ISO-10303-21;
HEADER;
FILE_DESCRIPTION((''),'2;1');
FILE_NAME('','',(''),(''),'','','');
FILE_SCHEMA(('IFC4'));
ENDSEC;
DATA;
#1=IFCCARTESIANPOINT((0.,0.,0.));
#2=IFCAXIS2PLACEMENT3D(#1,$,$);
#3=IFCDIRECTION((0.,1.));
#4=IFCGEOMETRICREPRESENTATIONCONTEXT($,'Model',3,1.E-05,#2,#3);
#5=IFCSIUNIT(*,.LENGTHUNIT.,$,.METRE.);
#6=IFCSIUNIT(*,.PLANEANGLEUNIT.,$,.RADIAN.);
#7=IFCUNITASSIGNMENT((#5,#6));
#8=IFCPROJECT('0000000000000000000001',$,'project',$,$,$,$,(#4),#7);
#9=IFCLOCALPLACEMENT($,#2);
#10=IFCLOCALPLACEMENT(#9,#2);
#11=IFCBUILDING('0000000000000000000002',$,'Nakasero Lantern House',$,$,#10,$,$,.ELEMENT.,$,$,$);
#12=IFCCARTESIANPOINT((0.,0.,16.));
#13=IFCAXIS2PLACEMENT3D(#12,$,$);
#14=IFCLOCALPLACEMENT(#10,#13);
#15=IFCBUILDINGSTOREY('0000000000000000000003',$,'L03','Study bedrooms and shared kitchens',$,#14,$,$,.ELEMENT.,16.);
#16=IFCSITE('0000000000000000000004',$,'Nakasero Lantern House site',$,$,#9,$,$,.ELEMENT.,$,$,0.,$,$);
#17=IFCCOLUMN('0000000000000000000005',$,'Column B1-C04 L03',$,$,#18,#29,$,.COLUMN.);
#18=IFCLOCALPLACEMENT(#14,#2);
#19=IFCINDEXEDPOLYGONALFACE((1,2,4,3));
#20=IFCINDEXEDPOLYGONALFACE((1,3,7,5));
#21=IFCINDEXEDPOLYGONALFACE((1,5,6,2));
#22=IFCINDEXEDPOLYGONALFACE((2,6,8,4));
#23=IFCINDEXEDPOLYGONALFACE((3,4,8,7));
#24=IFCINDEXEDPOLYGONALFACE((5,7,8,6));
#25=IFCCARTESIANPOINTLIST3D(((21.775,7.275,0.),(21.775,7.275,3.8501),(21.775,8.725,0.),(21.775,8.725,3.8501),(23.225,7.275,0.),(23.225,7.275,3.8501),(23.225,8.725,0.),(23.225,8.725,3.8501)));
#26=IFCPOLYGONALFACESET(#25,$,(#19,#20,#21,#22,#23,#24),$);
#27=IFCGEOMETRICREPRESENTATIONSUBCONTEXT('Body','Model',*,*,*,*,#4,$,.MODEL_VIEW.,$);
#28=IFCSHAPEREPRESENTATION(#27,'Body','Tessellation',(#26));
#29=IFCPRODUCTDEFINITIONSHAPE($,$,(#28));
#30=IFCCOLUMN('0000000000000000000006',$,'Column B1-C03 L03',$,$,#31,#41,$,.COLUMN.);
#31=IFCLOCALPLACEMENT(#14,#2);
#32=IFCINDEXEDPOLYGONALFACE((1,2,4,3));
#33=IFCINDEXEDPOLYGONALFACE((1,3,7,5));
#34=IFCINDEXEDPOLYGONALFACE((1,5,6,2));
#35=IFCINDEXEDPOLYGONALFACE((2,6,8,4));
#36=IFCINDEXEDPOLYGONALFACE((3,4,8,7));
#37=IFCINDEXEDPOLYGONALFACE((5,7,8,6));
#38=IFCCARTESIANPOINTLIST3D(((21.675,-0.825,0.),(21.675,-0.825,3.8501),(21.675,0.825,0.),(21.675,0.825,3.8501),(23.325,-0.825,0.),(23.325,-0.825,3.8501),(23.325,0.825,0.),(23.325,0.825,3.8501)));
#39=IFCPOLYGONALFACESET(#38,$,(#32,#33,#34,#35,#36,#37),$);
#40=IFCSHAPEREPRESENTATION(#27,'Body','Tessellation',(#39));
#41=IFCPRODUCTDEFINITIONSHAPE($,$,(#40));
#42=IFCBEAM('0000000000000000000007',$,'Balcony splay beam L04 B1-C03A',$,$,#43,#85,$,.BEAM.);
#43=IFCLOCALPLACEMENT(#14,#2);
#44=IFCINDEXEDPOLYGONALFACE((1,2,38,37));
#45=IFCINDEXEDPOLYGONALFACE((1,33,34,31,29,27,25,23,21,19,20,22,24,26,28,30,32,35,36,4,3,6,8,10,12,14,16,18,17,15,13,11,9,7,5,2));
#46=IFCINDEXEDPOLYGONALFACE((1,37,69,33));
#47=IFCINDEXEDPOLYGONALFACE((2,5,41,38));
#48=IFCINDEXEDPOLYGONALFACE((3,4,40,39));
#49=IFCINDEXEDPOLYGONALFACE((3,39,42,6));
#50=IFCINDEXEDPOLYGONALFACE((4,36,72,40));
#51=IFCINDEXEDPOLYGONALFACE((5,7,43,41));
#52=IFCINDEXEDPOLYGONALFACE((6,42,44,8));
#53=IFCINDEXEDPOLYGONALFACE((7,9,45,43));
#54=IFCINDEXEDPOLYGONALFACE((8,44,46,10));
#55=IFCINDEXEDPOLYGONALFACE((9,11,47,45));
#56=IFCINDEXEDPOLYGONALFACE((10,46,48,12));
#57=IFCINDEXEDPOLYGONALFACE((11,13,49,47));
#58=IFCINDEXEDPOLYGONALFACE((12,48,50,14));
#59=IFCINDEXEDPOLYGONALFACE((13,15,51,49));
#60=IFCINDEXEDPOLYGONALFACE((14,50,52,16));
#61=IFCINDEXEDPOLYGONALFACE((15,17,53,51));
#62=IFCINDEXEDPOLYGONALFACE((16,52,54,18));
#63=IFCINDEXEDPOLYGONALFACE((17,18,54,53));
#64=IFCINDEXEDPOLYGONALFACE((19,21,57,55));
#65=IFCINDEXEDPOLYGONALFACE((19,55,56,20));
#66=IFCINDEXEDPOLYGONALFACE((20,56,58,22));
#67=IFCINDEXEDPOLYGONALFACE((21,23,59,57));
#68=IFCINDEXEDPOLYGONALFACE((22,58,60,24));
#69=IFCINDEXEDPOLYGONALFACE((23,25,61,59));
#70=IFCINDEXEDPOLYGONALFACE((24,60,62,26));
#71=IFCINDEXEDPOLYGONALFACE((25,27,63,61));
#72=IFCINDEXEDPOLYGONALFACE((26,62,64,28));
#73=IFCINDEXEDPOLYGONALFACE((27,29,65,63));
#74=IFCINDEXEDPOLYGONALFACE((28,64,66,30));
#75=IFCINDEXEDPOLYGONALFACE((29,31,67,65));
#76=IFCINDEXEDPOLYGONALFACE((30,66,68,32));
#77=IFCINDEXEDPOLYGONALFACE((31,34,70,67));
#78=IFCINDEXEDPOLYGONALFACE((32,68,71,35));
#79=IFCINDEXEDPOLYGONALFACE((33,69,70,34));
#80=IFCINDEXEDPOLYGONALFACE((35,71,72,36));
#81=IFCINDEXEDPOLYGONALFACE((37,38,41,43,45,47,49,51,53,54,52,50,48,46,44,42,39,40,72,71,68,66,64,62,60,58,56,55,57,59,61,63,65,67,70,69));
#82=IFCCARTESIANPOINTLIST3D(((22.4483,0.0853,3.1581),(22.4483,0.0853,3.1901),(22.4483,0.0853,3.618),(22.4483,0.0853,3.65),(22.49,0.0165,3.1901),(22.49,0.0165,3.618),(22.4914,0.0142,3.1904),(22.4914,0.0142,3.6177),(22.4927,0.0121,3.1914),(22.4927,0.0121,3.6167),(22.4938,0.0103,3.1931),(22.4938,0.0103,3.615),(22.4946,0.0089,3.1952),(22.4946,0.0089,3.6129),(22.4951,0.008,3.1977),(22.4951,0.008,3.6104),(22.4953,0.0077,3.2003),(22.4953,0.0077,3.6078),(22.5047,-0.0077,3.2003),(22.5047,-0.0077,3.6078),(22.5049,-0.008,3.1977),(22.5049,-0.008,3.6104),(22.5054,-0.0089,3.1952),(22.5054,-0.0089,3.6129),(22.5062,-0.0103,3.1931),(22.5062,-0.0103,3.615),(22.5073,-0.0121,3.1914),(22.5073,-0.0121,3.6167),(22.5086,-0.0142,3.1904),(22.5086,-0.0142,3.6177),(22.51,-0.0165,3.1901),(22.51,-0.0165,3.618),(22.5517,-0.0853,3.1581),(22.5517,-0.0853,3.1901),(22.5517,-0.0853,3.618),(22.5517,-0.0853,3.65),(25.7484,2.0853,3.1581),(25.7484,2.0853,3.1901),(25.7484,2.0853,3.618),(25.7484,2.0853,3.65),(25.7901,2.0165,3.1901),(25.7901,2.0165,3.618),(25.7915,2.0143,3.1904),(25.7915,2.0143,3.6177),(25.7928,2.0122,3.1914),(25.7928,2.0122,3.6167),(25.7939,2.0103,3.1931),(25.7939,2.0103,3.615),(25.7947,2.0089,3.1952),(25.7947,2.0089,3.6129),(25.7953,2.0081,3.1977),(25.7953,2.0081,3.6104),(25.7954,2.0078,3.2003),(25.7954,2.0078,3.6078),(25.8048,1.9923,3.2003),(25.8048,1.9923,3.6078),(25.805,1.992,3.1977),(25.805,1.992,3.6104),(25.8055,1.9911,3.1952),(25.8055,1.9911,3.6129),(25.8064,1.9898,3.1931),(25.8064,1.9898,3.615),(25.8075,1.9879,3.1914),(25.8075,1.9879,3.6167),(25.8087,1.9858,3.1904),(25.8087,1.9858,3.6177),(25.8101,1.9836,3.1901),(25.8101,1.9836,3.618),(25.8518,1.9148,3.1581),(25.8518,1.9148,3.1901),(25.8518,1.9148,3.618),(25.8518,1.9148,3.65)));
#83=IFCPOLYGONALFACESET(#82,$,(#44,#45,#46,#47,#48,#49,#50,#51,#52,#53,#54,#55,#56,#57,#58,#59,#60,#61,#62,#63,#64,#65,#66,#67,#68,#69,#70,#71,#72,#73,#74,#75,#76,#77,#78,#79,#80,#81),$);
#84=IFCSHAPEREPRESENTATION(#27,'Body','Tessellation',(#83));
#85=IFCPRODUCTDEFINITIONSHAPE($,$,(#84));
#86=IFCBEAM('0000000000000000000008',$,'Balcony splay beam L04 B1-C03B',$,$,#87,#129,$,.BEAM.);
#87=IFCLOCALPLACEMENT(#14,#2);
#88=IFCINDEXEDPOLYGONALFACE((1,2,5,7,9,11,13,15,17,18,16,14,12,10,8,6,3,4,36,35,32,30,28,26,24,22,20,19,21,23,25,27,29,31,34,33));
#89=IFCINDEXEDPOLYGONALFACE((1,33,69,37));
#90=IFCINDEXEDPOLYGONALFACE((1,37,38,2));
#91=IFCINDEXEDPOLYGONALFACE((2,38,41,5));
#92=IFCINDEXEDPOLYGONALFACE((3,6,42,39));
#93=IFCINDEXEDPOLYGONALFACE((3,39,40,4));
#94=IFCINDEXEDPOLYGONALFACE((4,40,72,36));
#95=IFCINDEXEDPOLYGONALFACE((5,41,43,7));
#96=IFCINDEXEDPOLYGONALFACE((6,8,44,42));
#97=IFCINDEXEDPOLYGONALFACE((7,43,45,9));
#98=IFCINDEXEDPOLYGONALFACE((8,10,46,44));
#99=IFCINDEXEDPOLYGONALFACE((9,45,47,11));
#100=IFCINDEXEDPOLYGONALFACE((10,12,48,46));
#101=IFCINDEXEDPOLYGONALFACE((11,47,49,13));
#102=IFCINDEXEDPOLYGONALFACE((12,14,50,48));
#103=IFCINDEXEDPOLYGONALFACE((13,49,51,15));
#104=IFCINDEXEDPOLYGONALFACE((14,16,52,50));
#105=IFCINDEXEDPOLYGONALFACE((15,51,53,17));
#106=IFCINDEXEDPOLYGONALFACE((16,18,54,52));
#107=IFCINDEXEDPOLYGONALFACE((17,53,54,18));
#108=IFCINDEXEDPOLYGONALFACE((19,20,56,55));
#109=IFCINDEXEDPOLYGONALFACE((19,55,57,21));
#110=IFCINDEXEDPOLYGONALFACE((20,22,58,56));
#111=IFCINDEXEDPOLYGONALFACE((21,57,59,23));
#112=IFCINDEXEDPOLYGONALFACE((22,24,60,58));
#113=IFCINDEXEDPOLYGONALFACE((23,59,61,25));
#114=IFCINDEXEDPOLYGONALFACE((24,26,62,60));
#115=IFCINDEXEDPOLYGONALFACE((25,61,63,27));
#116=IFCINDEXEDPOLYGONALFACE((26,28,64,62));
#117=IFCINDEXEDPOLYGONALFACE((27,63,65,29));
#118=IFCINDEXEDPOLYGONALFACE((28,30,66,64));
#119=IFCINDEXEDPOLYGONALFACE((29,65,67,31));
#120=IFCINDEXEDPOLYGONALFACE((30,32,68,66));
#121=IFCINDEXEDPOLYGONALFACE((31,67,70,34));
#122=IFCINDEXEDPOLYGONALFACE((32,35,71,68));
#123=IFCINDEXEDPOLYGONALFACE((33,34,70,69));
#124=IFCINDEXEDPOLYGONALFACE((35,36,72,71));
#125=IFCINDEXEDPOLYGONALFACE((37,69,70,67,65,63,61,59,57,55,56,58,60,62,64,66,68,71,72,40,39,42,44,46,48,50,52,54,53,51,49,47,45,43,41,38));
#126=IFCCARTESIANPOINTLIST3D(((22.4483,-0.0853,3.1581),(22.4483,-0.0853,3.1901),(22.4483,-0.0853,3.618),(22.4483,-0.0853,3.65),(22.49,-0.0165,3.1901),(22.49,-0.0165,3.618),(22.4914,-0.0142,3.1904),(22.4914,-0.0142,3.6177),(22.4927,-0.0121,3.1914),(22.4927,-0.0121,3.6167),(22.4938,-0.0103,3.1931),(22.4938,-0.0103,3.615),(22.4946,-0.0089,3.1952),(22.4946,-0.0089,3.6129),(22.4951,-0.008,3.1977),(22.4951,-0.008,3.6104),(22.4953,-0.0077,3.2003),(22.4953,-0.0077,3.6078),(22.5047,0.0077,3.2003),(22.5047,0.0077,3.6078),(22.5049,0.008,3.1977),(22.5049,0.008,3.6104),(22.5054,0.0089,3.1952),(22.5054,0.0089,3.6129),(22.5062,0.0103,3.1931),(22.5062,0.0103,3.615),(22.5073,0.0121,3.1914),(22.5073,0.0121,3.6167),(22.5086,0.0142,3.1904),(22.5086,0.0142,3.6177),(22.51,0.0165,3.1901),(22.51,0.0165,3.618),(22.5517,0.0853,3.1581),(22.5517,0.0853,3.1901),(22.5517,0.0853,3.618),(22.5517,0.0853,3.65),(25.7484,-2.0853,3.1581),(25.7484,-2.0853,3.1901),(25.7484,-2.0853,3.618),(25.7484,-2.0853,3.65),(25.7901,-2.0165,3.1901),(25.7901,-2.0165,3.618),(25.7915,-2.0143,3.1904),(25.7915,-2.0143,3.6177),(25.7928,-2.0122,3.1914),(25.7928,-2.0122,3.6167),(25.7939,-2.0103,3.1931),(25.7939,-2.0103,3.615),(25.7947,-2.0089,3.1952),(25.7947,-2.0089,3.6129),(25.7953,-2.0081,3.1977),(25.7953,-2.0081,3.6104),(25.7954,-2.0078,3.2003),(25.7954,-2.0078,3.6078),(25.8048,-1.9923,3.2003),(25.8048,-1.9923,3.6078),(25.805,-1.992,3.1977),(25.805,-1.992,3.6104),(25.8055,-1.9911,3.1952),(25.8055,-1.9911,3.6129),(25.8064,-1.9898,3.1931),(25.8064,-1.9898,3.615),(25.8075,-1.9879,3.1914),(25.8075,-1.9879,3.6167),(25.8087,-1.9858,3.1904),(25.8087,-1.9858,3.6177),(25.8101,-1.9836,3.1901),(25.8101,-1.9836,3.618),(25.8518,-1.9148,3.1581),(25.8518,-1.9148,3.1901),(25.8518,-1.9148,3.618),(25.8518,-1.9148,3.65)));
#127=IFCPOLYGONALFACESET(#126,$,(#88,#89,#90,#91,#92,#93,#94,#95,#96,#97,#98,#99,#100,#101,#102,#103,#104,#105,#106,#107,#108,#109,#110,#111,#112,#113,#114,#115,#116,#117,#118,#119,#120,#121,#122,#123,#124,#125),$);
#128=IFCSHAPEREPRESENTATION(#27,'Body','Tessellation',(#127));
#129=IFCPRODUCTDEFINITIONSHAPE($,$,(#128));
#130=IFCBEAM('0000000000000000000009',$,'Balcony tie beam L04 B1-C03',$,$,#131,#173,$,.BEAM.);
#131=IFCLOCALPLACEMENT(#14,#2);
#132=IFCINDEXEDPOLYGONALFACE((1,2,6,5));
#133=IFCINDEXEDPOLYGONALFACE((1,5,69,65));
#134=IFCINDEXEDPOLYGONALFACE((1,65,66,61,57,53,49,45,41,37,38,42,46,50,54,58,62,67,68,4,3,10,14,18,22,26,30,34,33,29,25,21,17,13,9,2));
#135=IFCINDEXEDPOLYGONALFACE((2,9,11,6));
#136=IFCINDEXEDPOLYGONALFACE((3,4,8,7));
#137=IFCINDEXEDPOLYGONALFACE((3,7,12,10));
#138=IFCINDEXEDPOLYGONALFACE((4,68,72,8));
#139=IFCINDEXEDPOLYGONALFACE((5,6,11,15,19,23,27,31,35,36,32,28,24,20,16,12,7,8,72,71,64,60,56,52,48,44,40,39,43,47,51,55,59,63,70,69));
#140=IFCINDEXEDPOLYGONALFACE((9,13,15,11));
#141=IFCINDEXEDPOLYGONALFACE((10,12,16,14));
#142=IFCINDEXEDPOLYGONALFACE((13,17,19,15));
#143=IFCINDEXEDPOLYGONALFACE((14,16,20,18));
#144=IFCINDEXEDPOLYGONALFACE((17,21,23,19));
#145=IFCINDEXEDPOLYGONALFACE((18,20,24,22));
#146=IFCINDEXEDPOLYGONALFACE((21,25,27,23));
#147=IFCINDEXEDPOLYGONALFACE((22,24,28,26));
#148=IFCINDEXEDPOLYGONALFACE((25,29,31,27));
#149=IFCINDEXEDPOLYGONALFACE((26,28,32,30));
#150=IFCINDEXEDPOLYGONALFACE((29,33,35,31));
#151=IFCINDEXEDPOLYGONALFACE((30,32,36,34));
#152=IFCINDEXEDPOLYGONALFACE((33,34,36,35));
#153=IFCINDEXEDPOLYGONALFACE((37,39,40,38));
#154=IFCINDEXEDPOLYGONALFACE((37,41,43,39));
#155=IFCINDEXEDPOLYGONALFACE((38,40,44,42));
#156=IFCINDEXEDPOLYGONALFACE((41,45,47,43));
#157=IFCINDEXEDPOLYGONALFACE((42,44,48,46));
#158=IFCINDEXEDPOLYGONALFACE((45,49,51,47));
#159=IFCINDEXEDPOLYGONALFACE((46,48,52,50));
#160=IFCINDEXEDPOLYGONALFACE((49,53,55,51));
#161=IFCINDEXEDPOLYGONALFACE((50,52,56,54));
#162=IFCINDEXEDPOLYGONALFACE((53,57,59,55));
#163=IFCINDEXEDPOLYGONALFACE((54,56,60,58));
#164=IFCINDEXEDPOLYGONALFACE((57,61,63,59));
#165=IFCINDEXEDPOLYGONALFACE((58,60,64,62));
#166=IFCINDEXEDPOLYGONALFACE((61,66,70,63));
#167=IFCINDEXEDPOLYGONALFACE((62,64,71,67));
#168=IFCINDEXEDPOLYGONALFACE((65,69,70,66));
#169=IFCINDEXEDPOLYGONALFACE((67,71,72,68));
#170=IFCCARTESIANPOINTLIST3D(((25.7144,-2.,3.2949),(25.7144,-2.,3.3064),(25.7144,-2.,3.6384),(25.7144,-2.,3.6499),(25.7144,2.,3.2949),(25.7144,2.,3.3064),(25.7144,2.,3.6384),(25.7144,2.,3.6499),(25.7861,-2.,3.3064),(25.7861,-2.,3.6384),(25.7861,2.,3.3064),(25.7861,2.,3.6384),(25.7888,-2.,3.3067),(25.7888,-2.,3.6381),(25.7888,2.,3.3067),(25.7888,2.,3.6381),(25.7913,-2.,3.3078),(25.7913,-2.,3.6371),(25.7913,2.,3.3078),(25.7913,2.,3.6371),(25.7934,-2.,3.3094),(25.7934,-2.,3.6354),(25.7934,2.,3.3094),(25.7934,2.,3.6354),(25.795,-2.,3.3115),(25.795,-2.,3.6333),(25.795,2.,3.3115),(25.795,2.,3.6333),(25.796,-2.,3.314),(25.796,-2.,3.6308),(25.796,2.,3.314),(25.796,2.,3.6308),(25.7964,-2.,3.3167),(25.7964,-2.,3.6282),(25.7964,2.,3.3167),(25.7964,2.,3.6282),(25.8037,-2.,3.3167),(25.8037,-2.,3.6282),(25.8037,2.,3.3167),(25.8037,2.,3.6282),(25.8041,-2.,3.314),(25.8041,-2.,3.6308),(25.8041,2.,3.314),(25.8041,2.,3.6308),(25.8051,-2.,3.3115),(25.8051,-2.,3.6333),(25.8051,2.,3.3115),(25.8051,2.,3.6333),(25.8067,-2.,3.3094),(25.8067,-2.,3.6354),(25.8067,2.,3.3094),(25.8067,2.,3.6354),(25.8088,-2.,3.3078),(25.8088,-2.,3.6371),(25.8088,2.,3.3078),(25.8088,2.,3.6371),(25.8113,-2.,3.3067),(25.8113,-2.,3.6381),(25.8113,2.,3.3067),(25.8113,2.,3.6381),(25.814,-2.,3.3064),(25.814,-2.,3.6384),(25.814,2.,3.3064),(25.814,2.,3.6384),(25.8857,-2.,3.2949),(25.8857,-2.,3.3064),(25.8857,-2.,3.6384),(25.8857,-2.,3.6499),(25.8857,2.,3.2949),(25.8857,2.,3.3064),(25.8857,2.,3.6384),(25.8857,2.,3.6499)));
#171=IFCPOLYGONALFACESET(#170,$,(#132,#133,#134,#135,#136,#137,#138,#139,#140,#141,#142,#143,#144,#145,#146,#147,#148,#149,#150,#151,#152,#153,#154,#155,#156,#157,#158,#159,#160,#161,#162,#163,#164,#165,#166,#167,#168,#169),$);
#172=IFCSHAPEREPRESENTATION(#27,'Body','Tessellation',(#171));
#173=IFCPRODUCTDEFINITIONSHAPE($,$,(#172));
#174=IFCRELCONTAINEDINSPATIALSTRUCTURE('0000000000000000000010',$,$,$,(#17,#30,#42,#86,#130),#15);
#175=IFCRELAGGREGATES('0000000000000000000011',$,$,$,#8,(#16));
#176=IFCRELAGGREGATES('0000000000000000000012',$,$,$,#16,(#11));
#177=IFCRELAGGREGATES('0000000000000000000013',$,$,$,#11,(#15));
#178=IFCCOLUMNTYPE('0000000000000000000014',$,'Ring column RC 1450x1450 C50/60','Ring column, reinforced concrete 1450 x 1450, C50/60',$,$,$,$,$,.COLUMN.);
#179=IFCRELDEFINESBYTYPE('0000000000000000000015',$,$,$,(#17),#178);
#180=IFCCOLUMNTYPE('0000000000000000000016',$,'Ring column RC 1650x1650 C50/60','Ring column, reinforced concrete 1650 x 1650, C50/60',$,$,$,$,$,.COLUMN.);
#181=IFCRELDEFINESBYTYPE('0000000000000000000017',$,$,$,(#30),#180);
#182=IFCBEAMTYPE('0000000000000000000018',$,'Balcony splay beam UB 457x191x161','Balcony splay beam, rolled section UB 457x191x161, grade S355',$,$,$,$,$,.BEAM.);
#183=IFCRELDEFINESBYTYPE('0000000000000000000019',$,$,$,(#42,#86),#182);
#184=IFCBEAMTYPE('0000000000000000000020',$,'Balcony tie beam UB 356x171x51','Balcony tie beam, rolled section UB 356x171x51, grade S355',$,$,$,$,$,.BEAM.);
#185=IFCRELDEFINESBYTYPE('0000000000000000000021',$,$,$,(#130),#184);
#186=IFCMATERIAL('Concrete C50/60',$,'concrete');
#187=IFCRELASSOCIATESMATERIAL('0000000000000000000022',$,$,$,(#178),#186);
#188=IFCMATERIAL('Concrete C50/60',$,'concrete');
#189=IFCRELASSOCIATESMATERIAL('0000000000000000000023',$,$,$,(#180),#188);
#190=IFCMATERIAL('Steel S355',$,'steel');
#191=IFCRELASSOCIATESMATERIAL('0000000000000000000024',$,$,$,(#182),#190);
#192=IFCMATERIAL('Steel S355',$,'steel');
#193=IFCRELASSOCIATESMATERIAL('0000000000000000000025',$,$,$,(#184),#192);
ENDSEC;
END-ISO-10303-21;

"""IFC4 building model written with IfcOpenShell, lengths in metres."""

from ifc_helpers import new_model, si_unit, direction, frame, origin, origin_2d, place, context, subcontext, project, spatial, rectangle, i_section, extrude, material, material_profile, profile_set, type_object, element, save


model = new_model("IFC4")

# Units and contexts
model_context = context("Model", 3, precision=1e-05, world=origin(), true_north=direction((0.0, 1.0)))
body_context = subcontext(model_context, "Body", "Model", "MODEL_VIEW")
ifc_project = project(units=[si_unit("LENGTHUNIT", "METRE"), si_unit("PLANEANGLEUNIT", "RADIAN")], contexts=[model_context])

# Site, building, storey
site_placement = place(None, origin())
site = spatial("IfcSite", under=ifc_project, at=site_placement, Name="Nakasero Lantern House site", CompositionType="ELEMENT", RefElevation=0.0)
building_placement = place(site_placement, origin())
building = spatial("IfcBuilding", under=site, at=building_placement, Name="Nakasero Lantern House", CompositionType="ELEMENT")
storey_placement = place(building_placement, frame((0.0, 0.0, 16.0)))
storey = spatial("IfcBuildingStorey", under=building, at=storey_placement, Name="L03", Description="Study bedrooms and shared kitchens", CompositionType="ELEMENT", Elevation=16.0)

# Columns
ifc_material_1 = material(Name="Concrete C50/60", Category="concrete")
ifc_material_profile_1 = material_profile(ifc_material_1, rectangle(XDim=1.45, YDim=1.45, at=origin_2d()), Name="RC 1450x1450")
ifc_profile_set_1 = profile_set([ifc_material_profile_1], Name="Concrete C50/60")
column_type_1 = type_object("IfcColumnType", Name="Ring column RC 1450x1450 C50/60", Description="Ring column, reinforced concrete 1450 x 1450, C50/60", PredefinedType="COLUMN", material=ifc_profile_set_1)
column_1_placement = place(storey_placement, frame((22.5, 8.0, 0.0), z_axis=(0.0, 0.0, 1.0), x_axis=(1.0, 0.0, 0.0)))
element("IfcColumn", 1, at=column_1_placement, inside=storey, type_object=column_type_1, Name="Column B1-C04 L03", PredefinedType="COLUMN", context=body_context, shape_type="SweptSolid", body=[
    extrude(rectangle(XDim=1.45, YDim=1.45, at=origin_2d()), origin(), (0.0, 0.0, 1.0), 3.8501),
])
ifc_material_2 = material(Name="Concrete C50/60", Category="concrete")
ifc_material_profile_2 = material_profile(ifc_material_2, rectangle(XDim=1.6499, YDim=1.6499, at=origin_2d()), Name="RC 1650x1650")
ifc_profile_set_2 = profile_set([ifc_material_profile_2], Name="Concrete C50/60")
column_type_2 = type_object("IfcColumnType", Name="Ring column RC 1650x1650 C50/60", Description="Ring column, reinforced concrete 1650 x 1650, C50/60", PredefinedType="COLUMN", material=ifc_profile_set_2)
column_2_placement = place(storey_placement, frame((22.5, 0.0, 0.0), z_axis=(0.0, 0.0, 1.0), x_axis=(1.0, 0.0, 0.0)))
element("IfcColumn", 2, at=column_2_placement, inside=storey, type_object=column_type_2, Name="Column B1-C03 L03", PredefinedType="COLUMN", context=body_context, shape_type="SweptSolid", body=[
    extrude(rectangle(XDim=1.6499, YDim=1.6499, at=origin_2d()), origin(), (0.0, 0.0, 1.0), 3.8501),
])

# Beams
ifc_material_3 = material(Name="Steel S355", Category="steel")
ifc_material_profile_3 = material_profile(ifc_material_3, i_section(OverallWidth=0.1995, OverallDepth=0.4919, WebThickness=0.0181, FlangeThickness=0.032, FilletRadius=0.0103, at=origin_2d()), Name="UB 457x191x161")
ifc_profile_set_3 = profile_set([ifc_material_profile_3], Name="Steel S355")
beam_type_1 = type_object("IfcBeamType", Name="Balcony splay beam UB 457x191x161", Description="Balcony splay beam, rolled section UB 457x191x161, grade S355", PredefinedType="BEAM", material=ifc_profile_set_3)
for number, where, z_axis, x_axis, name in (
    (3, (22.5, 0.0, 3.4041), (0.855201, 0.518296, 0.0), (-0.518296, 0.855201, 0.0), "Balcony splay beam L04 B1-C03A"),
    (4, (22.5, 0.0, 3.4041), (0.855201, -0.518296, 0.0), (0.518296, 0.855201, 0.0), "Balcony splay beam L04 B1-C03B"),
):
    element("IfcBeam", number, at=place(storey_placement, frame(where, z_axis=z_axis, x_axis=x_axis)), inside=storey, type_object=beam_type_1, Name=name, PredefinedType="BEAM", context=body_context, shape_type="SweptSolid", body=[
        extrude(i_section(OverallWidth=0.1995, OverallDepth=0.4919, WebThickness=0.0181, FlangeThickness=0.032, FilletRadius=0.0103, at=origin_2d()), origin(), (0.0, 0.0, 1.0), 3.8589),
    ])
ifc_material_4 = material(Name="Steel S355", Category="steel")
ifc_material_profile_4 = material_profile(ifc_material_4, i_section(OverallWidth=0.1714, OverallDepth=0.355, WebThickness=0.0073, FlangeThickness=0.0115, FilletRadius=0.0103, at=origin_2d()), Name="UB 356x171x51")
ifc_profile_set_4 = profile_set([ifc_material_profile_4], Name="Steel S355")
beam_type_2 = type_object("IfcBeamType", Name="Balcony tie beam UB 356x171x51", Description="Balcony tie beam, rolled section UB 356x171x51, grade S355", PredefinedType="BEAM", material=ifc_profile_set_4)
beam_1_placement = place(storey_placement, frame((25.8, 2.0, 3.4724), z_axis=(0.0, -1.0, 0.0), x_axis=(1.0, 0.0, 0.0)))
element("IfcBeam", 5, at=beam_1_placement, inside=storey, type_object=beam_type_2, Name="Balcony tie beam L04 B1-C03", PredefinedType="BEAM", context=body_context, shape_type="SweptSolid", body=[
    extrude(i_section(OverallWidth=0.1714, OverallDepth=0.355, WebThickness=0.0073, FlangeThickness=0.0115, FilletRadius=0.0103, at=origin_2d()), origin(), (0.0, 0.0, 1.0), 4.0),
])

save(model, "model.ifc")
